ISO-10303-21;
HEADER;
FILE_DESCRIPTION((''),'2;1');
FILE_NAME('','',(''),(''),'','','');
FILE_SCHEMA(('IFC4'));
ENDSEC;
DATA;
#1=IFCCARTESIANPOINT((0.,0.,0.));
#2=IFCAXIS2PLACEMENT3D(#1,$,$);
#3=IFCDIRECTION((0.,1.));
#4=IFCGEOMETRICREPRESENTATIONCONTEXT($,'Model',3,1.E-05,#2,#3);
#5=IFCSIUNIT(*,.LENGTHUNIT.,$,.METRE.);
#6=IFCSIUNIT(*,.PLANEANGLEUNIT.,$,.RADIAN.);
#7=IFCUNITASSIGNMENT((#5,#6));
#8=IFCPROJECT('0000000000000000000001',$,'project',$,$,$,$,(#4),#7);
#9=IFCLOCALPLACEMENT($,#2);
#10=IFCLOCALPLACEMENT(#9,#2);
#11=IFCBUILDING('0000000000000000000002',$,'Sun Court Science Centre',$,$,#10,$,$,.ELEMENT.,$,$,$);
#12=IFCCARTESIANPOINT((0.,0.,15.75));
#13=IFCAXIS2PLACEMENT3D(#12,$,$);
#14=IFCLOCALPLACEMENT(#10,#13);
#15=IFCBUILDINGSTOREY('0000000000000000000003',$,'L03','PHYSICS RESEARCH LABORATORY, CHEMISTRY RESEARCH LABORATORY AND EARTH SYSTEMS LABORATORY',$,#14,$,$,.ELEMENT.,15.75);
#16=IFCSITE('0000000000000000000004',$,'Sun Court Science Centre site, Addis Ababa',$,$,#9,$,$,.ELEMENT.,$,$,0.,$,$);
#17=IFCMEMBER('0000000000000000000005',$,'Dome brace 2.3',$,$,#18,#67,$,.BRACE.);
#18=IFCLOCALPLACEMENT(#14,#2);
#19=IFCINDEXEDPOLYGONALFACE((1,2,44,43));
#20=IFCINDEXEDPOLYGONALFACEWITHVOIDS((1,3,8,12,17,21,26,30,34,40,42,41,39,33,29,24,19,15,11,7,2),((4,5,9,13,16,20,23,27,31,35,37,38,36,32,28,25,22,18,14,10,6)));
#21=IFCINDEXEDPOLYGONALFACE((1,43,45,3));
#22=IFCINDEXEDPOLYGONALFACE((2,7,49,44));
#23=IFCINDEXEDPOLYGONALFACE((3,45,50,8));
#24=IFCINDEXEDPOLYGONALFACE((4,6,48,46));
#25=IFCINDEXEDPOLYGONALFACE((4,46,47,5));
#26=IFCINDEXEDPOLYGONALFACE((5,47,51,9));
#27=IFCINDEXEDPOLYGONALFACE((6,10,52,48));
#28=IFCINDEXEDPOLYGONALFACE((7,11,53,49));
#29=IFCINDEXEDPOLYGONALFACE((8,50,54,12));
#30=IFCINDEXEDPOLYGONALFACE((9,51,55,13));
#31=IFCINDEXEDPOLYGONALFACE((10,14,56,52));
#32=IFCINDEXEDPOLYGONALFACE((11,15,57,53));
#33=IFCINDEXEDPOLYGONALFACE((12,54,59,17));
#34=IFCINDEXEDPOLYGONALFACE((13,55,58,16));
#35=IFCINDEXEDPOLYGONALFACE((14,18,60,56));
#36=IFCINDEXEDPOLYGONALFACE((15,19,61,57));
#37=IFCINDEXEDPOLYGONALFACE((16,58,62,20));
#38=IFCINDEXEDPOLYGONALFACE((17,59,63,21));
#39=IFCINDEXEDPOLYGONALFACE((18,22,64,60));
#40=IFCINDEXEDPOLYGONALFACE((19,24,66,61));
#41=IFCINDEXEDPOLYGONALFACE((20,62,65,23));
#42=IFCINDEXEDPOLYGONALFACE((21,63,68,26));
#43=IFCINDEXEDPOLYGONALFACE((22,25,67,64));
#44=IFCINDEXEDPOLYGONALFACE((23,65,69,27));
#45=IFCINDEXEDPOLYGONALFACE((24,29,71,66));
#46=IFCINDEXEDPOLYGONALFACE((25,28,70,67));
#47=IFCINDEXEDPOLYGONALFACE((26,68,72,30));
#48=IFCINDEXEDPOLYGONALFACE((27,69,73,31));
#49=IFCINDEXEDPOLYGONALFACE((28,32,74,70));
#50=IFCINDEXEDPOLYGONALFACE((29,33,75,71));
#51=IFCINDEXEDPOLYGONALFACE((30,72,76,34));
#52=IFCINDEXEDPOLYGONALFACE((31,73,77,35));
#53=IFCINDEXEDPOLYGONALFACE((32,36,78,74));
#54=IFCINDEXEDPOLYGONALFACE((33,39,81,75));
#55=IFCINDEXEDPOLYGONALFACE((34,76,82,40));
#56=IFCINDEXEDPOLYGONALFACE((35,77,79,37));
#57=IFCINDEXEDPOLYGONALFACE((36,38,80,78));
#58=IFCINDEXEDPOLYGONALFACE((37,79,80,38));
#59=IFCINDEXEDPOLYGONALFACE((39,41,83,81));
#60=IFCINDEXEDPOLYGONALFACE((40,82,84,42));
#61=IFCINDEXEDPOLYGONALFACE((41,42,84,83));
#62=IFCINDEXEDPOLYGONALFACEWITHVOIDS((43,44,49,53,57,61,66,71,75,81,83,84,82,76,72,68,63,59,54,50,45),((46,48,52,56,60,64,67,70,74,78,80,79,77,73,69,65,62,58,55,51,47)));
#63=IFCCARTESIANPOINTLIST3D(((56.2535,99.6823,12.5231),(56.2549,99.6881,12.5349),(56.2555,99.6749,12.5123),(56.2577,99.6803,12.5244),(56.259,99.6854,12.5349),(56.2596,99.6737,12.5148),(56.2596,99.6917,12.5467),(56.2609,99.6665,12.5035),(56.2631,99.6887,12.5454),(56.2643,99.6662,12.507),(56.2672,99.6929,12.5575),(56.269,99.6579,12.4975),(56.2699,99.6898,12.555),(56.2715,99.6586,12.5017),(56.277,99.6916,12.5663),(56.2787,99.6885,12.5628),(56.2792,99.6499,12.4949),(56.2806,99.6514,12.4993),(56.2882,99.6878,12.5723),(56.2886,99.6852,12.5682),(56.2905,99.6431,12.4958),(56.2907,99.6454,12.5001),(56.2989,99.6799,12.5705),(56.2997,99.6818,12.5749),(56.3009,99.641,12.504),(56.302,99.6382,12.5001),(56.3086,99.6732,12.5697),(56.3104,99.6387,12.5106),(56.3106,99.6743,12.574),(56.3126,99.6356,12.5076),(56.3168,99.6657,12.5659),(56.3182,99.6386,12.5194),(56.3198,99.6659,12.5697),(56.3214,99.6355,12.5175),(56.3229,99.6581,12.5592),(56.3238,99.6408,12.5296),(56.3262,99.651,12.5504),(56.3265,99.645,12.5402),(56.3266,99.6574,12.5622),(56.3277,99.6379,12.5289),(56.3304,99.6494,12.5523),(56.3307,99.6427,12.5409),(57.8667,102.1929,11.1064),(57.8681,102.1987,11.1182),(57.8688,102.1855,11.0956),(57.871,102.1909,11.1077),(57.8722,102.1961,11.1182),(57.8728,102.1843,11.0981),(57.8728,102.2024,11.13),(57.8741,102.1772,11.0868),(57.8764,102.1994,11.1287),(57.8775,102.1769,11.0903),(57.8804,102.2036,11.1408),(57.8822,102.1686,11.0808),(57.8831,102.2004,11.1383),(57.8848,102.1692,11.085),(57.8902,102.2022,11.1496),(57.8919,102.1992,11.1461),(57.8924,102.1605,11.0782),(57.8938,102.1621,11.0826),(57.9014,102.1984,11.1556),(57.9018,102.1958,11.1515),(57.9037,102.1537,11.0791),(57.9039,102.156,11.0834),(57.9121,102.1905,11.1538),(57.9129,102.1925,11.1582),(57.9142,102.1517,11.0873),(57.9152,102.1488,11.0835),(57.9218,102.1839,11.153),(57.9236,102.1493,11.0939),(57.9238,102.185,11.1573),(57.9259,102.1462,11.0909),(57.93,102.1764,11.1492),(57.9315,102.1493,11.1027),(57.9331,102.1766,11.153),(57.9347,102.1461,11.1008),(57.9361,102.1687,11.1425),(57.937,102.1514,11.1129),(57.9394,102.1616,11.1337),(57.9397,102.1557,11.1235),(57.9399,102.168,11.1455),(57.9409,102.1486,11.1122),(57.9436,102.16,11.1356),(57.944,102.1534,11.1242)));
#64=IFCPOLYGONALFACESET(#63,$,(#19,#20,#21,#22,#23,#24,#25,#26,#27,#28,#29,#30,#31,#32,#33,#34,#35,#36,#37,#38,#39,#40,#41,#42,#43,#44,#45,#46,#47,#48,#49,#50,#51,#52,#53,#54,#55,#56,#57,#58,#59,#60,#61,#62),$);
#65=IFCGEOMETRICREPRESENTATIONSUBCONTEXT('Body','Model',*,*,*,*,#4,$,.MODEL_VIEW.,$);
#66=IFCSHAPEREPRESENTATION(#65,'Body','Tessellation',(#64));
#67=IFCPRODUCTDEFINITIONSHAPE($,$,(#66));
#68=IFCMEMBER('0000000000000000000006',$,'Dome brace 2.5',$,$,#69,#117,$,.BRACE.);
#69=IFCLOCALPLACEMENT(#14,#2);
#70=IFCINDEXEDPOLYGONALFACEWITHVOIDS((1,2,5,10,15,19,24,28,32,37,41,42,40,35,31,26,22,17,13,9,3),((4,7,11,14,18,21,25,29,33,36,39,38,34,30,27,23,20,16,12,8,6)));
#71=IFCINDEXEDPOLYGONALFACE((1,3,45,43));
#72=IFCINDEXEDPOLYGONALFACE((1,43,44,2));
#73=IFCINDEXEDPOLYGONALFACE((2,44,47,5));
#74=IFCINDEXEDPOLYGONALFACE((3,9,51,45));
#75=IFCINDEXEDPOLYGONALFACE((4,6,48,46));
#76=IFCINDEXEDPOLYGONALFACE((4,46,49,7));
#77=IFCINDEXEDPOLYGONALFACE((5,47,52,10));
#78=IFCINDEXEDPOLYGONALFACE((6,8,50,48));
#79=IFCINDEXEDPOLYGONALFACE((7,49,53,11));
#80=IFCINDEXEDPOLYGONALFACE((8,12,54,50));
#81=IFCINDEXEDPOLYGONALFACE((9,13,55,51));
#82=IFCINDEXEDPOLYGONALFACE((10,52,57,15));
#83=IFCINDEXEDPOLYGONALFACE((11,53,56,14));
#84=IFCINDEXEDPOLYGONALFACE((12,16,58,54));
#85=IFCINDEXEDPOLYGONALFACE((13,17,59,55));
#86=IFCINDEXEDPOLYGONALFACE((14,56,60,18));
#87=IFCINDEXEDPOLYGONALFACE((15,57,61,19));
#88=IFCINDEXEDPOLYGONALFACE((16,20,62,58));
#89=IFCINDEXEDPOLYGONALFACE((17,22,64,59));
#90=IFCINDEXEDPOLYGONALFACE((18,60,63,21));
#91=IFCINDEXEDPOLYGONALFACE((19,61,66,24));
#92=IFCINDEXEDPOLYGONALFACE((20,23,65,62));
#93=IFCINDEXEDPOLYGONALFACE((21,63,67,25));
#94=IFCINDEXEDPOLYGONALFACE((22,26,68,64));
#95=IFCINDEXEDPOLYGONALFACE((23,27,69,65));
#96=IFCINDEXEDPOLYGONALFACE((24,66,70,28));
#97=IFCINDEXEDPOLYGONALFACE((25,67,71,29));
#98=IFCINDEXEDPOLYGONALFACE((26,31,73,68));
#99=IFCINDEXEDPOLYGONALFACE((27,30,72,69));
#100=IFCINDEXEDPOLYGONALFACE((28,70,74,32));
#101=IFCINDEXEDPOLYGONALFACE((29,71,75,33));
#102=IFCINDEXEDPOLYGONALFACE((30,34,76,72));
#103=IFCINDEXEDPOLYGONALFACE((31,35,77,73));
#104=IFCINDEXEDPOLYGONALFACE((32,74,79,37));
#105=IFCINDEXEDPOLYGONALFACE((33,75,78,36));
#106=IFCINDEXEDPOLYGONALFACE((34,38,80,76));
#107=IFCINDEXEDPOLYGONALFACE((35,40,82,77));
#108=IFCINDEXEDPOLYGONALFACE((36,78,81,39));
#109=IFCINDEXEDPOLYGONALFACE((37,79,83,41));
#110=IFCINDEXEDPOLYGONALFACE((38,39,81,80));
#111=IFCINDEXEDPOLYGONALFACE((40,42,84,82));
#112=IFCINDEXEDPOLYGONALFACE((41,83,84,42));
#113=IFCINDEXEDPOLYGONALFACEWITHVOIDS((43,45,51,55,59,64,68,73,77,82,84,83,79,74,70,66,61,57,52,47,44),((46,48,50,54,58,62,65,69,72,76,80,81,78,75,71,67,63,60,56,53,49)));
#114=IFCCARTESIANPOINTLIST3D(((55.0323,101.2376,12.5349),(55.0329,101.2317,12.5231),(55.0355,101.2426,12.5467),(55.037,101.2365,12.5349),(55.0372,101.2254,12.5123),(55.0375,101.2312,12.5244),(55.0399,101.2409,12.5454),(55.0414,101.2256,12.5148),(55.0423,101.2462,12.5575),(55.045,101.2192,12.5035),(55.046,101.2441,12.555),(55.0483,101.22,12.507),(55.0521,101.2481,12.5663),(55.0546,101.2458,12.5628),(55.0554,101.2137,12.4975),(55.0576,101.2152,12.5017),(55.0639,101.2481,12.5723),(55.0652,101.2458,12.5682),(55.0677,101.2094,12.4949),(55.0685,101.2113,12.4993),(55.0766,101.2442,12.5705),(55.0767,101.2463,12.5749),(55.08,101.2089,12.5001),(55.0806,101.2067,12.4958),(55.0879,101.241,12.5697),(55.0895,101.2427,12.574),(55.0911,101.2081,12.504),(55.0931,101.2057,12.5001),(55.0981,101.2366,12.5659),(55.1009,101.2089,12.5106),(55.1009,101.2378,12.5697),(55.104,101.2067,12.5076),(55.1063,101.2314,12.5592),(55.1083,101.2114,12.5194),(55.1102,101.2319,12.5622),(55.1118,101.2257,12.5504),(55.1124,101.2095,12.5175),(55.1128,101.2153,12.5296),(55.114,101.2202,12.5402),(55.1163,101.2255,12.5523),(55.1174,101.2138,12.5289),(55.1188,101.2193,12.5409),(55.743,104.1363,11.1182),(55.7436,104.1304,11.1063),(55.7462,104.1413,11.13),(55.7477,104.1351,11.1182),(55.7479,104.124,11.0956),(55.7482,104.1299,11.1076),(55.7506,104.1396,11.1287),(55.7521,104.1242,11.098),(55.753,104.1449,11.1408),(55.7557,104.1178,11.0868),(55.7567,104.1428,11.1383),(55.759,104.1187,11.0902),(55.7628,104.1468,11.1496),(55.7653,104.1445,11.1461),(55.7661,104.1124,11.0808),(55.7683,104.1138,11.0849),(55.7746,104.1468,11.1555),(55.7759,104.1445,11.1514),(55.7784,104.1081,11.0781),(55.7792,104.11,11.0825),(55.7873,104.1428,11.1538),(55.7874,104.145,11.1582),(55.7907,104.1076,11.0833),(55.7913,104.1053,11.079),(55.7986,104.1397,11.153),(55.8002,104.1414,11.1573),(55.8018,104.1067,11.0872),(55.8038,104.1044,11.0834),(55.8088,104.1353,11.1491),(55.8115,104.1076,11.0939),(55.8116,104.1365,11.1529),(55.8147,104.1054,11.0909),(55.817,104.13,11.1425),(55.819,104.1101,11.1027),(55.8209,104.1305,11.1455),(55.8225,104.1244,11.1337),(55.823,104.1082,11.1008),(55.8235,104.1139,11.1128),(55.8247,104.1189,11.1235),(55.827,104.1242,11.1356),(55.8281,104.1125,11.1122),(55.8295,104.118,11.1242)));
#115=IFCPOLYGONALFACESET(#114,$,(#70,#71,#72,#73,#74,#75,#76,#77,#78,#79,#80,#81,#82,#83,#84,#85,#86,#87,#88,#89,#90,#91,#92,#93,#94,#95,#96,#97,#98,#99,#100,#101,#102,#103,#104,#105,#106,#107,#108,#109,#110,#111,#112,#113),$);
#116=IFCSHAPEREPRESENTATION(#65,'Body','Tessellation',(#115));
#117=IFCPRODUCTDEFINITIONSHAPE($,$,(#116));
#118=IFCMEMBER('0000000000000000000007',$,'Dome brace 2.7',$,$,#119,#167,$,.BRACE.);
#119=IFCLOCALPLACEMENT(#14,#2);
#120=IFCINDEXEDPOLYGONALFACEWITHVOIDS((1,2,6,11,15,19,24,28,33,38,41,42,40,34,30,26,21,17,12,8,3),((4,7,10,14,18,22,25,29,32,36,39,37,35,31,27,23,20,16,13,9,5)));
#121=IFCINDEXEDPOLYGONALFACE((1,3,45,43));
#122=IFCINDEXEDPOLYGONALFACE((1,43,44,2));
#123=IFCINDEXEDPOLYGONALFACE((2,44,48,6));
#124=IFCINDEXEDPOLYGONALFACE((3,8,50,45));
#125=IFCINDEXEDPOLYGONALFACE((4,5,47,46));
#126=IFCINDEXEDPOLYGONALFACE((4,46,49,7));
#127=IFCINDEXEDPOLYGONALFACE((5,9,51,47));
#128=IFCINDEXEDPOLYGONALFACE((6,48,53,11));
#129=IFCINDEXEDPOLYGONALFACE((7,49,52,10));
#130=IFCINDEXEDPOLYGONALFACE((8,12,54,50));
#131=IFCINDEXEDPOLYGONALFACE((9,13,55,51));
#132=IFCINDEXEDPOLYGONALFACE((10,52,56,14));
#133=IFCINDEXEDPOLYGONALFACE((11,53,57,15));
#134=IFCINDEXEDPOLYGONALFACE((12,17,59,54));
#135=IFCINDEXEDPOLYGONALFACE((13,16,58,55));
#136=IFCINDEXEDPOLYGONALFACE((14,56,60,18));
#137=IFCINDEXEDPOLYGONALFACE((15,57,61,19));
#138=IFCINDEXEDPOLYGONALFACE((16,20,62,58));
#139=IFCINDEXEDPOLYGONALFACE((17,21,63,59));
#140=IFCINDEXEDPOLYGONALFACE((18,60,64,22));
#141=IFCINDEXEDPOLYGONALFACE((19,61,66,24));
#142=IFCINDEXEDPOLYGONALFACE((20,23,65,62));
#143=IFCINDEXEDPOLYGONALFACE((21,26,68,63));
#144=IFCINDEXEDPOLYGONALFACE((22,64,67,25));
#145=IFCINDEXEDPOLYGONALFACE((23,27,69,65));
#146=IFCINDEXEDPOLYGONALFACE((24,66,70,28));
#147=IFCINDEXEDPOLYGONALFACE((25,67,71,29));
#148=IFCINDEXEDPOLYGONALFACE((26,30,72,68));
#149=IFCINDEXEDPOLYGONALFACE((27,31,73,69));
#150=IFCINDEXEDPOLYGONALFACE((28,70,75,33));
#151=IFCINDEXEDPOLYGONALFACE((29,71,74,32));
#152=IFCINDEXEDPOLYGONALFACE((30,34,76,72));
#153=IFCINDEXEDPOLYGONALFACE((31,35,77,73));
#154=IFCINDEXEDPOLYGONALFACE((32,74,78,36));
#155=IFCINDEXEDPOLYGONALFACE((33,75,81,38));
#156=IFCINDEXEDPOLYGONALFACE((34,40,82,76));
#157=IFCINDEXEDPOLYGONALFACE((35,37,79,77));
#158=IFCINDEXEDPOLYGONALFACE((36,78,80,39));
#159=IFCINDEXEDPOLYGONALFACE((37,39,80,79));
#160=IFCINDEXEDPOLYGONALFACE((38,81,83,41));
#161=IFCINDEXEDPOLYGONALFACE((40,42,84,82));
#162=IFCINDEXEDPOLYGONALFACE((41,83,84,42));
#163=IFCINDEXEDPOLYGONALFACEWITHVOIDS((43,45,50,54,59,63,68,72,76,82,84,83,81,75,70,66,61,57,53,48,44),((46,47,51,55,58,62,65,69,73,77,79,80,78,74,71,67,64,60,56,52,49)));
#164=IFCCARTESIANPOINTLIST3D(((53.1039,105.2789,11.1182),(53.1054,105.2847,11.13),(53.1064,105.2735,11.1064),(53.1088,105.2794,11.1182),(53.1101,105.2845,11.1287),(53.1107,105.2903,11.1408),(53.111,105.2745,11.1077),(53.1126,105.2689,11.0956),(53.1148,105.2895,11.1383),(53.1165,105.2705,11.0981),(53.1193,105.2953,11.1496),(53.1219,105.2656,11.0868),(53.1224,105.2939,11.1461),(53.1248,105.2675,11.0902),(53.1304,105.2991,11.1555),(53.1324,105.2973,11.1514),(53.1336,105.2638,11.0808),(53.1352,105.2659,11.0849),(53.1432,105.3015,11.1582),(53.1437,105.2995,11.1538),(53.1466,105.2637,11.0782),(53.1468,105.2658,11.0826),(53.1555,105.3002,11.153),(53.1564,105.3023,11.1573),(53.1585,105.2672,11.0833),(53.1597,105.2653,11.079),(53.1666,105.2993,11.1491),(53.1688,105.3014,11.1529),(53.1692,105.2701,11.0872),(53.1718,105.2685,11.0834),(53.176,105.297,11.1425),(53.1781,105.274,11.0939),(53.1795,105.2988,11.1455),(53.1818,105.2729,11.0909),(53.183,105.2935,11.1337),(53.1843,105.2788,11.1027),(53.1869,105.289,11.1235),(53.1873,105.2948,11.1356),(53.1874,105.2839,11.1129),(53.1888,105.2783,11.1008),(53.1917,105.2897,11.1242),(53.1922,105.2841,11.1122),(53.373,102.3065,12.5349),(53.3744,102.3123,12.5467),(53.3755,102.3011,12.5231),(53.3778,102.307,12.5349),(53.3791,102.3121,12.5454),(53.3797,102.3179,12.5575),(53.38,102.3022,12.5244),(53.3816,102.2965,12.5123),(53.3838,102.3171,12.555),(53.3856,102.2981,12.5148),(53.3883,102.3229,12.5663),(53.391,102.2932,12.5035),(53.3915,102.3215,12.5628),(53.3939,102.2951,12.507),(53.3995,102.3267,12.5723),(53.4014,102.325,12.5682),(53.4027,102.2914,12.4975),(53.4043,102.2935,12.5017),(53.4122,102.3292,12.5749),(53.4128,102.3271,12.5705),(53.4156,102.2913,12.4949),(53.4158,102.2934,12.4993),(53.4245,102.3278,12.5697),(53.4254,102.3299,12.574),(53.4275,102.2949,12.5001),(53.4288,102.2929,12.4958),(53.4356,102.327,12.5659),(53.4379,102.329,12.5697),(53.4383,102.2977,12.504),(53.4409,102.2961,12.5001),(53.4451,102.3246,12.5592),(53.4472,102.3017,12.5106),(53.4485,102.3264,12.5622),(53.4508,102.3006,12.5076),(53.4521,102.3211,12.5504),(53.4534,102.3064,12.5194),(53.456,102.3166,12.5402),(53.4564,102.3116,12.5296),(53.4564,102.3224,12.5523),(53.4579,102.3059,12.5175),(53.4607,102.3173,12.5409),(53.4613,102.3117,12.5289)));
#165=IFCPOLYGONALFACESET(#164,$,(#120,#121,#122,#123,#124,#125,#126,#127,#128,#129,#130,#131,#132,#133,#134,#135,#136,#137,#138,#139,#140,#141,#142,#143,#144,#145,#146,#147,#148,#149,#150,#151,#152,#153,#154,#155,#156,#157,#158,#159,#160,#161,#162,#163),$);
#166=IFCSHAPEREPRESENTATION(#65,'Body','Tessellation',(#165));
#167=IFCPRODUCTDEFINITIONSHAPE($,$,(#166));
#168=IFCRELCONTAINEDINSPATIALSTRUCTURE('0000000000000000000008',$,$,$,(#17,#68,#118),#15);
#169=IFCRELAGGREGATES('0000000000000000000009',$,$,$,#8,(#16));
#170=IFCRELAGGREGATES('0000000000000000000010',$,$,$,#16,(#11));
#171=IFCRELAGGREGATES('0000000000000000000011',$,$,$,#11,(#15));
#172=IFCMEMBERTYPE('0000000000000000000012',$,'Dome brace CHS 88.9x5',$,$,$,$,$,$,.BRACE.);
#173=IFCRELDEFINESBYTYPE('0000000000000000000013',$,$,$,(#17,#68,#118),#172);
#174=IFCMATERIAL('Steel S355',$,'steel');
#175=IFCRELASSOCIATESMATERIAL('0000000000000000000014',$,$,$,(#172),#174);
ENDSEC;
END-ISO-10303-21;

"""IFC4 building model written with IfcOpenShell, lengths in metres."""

from ifc_helpers import new_model, si_unit, direction, frame, origin, origin_2d, place, context, subcontext, project, spatial, hollow_circle, extrude, material, material_profile, profile_set, type_object, element, save


model = new_model("IFC4")

# Units and contexts
model_context = context("Model", 3, precision=1e-05, world=origin(), true_north=direction((0.0, 1.0)))
body_context = subcontext(model_context, "Body", "Model", "MODEL_VIEW")
ifc_project = project(units=[si_unit("LENGTHUNIT", "METRE"), si_unit("PLANEANGLEUNIT", "RADIAN")], contexts=[model_context])

# Site, building, storey
site_placement = place(None, origin())
site = spatial("IfcSite", under=ifc_project, at=site_placement, Name="Sun Court Science Centre site, Addis Ababa", CompositionType="ELEMENT", RefElevation=0.0)
building_placement = place(site_placement, origin())
building = spatial("IfcBuilding", under=site, at=building_placement, Name="Sun Court Science Centre", CompositionType="ELEMENT")
storey_placement = place(building_placement, frame((0.0, 0.0, 15.75)))
storey = spatial("IfcBuildingStorey", under=building, at=storey_placement, Name="L03", Description="PHYSICS RESEARCH LABORATORY, CHEMISTRY RESEARCH LABORATORY AND EARTH SYSTEMS LABORATORY", CompositionType="ELEMENT", Elevation=15.75)

# Members
ifc_material_1 = material(Name="Steel S355", Category="steel")
ifc_material_profile_1 = material_profile(ifc_material_1, hollow_circle(Radius=0.0444, WallThickness=0.0049, at=origin_2d()), Name="CHS 88.9x5")
ifc_profile_set_1 = profile_set([ifc_material_profile_1], Name="Steel S355")
member_type_1 = type_object("IfcMemberType", Name="Dome brace CHS 88.9x5", PredefinedType="BRACE", material=ifc_profile_set_1)
member_1_placement = place(storey_placement, frame((56.2922, 99.6641, 12.5349), z_axis=(0.488343, 0.760005, -0.428852), x_axis=(-0.841295, 0.540576, 0.0)))
element("IfcMember", 1, at=member_1_placement, inside=storey, type_object=member_type_1, Name="Dome brace 2.3", PredefinedType="BRACE", context=body_context, shape_type="SweptSolid", body=[
    extrude(hollow_circle(Radius=0.0444, WallThickness=0.0049, at=origin_2d()), origin(), (0.0, 0.0, 1.0), 3.3035),
])
for number, where, z_axis, x_axis, name in (
    (2, (55.0754, 101.2271, 12.5349), (0.215119, 0.877397, -0.428833), (-0.971234, 0.238125, 0.0), "Dome brace 2.5"),
    (3, (53.4172, 102.3105, 12.5349), (-0.081436, 0.899707, -0.42883), (-0.995929, -0.090145, 0.0), "Dome brace 2.7"),
):
    element("IfcMember", number, at=place(storey_placement, frame(where, z_axis=z_axis, x_axis=x_axis)), inside=storey, type_object=member_type_1, Name=name, PredefinedType="BRACE", context=body_context, shape_type="SweptSolid", body=[
        extrude(hollow_circle(Radius=0.0444, WallThickness=0.0049, at=origin_2d()), origin(), (0.0, 0.0, 1.0), 3.3037),
    ])

save(model, "model.ifc")
